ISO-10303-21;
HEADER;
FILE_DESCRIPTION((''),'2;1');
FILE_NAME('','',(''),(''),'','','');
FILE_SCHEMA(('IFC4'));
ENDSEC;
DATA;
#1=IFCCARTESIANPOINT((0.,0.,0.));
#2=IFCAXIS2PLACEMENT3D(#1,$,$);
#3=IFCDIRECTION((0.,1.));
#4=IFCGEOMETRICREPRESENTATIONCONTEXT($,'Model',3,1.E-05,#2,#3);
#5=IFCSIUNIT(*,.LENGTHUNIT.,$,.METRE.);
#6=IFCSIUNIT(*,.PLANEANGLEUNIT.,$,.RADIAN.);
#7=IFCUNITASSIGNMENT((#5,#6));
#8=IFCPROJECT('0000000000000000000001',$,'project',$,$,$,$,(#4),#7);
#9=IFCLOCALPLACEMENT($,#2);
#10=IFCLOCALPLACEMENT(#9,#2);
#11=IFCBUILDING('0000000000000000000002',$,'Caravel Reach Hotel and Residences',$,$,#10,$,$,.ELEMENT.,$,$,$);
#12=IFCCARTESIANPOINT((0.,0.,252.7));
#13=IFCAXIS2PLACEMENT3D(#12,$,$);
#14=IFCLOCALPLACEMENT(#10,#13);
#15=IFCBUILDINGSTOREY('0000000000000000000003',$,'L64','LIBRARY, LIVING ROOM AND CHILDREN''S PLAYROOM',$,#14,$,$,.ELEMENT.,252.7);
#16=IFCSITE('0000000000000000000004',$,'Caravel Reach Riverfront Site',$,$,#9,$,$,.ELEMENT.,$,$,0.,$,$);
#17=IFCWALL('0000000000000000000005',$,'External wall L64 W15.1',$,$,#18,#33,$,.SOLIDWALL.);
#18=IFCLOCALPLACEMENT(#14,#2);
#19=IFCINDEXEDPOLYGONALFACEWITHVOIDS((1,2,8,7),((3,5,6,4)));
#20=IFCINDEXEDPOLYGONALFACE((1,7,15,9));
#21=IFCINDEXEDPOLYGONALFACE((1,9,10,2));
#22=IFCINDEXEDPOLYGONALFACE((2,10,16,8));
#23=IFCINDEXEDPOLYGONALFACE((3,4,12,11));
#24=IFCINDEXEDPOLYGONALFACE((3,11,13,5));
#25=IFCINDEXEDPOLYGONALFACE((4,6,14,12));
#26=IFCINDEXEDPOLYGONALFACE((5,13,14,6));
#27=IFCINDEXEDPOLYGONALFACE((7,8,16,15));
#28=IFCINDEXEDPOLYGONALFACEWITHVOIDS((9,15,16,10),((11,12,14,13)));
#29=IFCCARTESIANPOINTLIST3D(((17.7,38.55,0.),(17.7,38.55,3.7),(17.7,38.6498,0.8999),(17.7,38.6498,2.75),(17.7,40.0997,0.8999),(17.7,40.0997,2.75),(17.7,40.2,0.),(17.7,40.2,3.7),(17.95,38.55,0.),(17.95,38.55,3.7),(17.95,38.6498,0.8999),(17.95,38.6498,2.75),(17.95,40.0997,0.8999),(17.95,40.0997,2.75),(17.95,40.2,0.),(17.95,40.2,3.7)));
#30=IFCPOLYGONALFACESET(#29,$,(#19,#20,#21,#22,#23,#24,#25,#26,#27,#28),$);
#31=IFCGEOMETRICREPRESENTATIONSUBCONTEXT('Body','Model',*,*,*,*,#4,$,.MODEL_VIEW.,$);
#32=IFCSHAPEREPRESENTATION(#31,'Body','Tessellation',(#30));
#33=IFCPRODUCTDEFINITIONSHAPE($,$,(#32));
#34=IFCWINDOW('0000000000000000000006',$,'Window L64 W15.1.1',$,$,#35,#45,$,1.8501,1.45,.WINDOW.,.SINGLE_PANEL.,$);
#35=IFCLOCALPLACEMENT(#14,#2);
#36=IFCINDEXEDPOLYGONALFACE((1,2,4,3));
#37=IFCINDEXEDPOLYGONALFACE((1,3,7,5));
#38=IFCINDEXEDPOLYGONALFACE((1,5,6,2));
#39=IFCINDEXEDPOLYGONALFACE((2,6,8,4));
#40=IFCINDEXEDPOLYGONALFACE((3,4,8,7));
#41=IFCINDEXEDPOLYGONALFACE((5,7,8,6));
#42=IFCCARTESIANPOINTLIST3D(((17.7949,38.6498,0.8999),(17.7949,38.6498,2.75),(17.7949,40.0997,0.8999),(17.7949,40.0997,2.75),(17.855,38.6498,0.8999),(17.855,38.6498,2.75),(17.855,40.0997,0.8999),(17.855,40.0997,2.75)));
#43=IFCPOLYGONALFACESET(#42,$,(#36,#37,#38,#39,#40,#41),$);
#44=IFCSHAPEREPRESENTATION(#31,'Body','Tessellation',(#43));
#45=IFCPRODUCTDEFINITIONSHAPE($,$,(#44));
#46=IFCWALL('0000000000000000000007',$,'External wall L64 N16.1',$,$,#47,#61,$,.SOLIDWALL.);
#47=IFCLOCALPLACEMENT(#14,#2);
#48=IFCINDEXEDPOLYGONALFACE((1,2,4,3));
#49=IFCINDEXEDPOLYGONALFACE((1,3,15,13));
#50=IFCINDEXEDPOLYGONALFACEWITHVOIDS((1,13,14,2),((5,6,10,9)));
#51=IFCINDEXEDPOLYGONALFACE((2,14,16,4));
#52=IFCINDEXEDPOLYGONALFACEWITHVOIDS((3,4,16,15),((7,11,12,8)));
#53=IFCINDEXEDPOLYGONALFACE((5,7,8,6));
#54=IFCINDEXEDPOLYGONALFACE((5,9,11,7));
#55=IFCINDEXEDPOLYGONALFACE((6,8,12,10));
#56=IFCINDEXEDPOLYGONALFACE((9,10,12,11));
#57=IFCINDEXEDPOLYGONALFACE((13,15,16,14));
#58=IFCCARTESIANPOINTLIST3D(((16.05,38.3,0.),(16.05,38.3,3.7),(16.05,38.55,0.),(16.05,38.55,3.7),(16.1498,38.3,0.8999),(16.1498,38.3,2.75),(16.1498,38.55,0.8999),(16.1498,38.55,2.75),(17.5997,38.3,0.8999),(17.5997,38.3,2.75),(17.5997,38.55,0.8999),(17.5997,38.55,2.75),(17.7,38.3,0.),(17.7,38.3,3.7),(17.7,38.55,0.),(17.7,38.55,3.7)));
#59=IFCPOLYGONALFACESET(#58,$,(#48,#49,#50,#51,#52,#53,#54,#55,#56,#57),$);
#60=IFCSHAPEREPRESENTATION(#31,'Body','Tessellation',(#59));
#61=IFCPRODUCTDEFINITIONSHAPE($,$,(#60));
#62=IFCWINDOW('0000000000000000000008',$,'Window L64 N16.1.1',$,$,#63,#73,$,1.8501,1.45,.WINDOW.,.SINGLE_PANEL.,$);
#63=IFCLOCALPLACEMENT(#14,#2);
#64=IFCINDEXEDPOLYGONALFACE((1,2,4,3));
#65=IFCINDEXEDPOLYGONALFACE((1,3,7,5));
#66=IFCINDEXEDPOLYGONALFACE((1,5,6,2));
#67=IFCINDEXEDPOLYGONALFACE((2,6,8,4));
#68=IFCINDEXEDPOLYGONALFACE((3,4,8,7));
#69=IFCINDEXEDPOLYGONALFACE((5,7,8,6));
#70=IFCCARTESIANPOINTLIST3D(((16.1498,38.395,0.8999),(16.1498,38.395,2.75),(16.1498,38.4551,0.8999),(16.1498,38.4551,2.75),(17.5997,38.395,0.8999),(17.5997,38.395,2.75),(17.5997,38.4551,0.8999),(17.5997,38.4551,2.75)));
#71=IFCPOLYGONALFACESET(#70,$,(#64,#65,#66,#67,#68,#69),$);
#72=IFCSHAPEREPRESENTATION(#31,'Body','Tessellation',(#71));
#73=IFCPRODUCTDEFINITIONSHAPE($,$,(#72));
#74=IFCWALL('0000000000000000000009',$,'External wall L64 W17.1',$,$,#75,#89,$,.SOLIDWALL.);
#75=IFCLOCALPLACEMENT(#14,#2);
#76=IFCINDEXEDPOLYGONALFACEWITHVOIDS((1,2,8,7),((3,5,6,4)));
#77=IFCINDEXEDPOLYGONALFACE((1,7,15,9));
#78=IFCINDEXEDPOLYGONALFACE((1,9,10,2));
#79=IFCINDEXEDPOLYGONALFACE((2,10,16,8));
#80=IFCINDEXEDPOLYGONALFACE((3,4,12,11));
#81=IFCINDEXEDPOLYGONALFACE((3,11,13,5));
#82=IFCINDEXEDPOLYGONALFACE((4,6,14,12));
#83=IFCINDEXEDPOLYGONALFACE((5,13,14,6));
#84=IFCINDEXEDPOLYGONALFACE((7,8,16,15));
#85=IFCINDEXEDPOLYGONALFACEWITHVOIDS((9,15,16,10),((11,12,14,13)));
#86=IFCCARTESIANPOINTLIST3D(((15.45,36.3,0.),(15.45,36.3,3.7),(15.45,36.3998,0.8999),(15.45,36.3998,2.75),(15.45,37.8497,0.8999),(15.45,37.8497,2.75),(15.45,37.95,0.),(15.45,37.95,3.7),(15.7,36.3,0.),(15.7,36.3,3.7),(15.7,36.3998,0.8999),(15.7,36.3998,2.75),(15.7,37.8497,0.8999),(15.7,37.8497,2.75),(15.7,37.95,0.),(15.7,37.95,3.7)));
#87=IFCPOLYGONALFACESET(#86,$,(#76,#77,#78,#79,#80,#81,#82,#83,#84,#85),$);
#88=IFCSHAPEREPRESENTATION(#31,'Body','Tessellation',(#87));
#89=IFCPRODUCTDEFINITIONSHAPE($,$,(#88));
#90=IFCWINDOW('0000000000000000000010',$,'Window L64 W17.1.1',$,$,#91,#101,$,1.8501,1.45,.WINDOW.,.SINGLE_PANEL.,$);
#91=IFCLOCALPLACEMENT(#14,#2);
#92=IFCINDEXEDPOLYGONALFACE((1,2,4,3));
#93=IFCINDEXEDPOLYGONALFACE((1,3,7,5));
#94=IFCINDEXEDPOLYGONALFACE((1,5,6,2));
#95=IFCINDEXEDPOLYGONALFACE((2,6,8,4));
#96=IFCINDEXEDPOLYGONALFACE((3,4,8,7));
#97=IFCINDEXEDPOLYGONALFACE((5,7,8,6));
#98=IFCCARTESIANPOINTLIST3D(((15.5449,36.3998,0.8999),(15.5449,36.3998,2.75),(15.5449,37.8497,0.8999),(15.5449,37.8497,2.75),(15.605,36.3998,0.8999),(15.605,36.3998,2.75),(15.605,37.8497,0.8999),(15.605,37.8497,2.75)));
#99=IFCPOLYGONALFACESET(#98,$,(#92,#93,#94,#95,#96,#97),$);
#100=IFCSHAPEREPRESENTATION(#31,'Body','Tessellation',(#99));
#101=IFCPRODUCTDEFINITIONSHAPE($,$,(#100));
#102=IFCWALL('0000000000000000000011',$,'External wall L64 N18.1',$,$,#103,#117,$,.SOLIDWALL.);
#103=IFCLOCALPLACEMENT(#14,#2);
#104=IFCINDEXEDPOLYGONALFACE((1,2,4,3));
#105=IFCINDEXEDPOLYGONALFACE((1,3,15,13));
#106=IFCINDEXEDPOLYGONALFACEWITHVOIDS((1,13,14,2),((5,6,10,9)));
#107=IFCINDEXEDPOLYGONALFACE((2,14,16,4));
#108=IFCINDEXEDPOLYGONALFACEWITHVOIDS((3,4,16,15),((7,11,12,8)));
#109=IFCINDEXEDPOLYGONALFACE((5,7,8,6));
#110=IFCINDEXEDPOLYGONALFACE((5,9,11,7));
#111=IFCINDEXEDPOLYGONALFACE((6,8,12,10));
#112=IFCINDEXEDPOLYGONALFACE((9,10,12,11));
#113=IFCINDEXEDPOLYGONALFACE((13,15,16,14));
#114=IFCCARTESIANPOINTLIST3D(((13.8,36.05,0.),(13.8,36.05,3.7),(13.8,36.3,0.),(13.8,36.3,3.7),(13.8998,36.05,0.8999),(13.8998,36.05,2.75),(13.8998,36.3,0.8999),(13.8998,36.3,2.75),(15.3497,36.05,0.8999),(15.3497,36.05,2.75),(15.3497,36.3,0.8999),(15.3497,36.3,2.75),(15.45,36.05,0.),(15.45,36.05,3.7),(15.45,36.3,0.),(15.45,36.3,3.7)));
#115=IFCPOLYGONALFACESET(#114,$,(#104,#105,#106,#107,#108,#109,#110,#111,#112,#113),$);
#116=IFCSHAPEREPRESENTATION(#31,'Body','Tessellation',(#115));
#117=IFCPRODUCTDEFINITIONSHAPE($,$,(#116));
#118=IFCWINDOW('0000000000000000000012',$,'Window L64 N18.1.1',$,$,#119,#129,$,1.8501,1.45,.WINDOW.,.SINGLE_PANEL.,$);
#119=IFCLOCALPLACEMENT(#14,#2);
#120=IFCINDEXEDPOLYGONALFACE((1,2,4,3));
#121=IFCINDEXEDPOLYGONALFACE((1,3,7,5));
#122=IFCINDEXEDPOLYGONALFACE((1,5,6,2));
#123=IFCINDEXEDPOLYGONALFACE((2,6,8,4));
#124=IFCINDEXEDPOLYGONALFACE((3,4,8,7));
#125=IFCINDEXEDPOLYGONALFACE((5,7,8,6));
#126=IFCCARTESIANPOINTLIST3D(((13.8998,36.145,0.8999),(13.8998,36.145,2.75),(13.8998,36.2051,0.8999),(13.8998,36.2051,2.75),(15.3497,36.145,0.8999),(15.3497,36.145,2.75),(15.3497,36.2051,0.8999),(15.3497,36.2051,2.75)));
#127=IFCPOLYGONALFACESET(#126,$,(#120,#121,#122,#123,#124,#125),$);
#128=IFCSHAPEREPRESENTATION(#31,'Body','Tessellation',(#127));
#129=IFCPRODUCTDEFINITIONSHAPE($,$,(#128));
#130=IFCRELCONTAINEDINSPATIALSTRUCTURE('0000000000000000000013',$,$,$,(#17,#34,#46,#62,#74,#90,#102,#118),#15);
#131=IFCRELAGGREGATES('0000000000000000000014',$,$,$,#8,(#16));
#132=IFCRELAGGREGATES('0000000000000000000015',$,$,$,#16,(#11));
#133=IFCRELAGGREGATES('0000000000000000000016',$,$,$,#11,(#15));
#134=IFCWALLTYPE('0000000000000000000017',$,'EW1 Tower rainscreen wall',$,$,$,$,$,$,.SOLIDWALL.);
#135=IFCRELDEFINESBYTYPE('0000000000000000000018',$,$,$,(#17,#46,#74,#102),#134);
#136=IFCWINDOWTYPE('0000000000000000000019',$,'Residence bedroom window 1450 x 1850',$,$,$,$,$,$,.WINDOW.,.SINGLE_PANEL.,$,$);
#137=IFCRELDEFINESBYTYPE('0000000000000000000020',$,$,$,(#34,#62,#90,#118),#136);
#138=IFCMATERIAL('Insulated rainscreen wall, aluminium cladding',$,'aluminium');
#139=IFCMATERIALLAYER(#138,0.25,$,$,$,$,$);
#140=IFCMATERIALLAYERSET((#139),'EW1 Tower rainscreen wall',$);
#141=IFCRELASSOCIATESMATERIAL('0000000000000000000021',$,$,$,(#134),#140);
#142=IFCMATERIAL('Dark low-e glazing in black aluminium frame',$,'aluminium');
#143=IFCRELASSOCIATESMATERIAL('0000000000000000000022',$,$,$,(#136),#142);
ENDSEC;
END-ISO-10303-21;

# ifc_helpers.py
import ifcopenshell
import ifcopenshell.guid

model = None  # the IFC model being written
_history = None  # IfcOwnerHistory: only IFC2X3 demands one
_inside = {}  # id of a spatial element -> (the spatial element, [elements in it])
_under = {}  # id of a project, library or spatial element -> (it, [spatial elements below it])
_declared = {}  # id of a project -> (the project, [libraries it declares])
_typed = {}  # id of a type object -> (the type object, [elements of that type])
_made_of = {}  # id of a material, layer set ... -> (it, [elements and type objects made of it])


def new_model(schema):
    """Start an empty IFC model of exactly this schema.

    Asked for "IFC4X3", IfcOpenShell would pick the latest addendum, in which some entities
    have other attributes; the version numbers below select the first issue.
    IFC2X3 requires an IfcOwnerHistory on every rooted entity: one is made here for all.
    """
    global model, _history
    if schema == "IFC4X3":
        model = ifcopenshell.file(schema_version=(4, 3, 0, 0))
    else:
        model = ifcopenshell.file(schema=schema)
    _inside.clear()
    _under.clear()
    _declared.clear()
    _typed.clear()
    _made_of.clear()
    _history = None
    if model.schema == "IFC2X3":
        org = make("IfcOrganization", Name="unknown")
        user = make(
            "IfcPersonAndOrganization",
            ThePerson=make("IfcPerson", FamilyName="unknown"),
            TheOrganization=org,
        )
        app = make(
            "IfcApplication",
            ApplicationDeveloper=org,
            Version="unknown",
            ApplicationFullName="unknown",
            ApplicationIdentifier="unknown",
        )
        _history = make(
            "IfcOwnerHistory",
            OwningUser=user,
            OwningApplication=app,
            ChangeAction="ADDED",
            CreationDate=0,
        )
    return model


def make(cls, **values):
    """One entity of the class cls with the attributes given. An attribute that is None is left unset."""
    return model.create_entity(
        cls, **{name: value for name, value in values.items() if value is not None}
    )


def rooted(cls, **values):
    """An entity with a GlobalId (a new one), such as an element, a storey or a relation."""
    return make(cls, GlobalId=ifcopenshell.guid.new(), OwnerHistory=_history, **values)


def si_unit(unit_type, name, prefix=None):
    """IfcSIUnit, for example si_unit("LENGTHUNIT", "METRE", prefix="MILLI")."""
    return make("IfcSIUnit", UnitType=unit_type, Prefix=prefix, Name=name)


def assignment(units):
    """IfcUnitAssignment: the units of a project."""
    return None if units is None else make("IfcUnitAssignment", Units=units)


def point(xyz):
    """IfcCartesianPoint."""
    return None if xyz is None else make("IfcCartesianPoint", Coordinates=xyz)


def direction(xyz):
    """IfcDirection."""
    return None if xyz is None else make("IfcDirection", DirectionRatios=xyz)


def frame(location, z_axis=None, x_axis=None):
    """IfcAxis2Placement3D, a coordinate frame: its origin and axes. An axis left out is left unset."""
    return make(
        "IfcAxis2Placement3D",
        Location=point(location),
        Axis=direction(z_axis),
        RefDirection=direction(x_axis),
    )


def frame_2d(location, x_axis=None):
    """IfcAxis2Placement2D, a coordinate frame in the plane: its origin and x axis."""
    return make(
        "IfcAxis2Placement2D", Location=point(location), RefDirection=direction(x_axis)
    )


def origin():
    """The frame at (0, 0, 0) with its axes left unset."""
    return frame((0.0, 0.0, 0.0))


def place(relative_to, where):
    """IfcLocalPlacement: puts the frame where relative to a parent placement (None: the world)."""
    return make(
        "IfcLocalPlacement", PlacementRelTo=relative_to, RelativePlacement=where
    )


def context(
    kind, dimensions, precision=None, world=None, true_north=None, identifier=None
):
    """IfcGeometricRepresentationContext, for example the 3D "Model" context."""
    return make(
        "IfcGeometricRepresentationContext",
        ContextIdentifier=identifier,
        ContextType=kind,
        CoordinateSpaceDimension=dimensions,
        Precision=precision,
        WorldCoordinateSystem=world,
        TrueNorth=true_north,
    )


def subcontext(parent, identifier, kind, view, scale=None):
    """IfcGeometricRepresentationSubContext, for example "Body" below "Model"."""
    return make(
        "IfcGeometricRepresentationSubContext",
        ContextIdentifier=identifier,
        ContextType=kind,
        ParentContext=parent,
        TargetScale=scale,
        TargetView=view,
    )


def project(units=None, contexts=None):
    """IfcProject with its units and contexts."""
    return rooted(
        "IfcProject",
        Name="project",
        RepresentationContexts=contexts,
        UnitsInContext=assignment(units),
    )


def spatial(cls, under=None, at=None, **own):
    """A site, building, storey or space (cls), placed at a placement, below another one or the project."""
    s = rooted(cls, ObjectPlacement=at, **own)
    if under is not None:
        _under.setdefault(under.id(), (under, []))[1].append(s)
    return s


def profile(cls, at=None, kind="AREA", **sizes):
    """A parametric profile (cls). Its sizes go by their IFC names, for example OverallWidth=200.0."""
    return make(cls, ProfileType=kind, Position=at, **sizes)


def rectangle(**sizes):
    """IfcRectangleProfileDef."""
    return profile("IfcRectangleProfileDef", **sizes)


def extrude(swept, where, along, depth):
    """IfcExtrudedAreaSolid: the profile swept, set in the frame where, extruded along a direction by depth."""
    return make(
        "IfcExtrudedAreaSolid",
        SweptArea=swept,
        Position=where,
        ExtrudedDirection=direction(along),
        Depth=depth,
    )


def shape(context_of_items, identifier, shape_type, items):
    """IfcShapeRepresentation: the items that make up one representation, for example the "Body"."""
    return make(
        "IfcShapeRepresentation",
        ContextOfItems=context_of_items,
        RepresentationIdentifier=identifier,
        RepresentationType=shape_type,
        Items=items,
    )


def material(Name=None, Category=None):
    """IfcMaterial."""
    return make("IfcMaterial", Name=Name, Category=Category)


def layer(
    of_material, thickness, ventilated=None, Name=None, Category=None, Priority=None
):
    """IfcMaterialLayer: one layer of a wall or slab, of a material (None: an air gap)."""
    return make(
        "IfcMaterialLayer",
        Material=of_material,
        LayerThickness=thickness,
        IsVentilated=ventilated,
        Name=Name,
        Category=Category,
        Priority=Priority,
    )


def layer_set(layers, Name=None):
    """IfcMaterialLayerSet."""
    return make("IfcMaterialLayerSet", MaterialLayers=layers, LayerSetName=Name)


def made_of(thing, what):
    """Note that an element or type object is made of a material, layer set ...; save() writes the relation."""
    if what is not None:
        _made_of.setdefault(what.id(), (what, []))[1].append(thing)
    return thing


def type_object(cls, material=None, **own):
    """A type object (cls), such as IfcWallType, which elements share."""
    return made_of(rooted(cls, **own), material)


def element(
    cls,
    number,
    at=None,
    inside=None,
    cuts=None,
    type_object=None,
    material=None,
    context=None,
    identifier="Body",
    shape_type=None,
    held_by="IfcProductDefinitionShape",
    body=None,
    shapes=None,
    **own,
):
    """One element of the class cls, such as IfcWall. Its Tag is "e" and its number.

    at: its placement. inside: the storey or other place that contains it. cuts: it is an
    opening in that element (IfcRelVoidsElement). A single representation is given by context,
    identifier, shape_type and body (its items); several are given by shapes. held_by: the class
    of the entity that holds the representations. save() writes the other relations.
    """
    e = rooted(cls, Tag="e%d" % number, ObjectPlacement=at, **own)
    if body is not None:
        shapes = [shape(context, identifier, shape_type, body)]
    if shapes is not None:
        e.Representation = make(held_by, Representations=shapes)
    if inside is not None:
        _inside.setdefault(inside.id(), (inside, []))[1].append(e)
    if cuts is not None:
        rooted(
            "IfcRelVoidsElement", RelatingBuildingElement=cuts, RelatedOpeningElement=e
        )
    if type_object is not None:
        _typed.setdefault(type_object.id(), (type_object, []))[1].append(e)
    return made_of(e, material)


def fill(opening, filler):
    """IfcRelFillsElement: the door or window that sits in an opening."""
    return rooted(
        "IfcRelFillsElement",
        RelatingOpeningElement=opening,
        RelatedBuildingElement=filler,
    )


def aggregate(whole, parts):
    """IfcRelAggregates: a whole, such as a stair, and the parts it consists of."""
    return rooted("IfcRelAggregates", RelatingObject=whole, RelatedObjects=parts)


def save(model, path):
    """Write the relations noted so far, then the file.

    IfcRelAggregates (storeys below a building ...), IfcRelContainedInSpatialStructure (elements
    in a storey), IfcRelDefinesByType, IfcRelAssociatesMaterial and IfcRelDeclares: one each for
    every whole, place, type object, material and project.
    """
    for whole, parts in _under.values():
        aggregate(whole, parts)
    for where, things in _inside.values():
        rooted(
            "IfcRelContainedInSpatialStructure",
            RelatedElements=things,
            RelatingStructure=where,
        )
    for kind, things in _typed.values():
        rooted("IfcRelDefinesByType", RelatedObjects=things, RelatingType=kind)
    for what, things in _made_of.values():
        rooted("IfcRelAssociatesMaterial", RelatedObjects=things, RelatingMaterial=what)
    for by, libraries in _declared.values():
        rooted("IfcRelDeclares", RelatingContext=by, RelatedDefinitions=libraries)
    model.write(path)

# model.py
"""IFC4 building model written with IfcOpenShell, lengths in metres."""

from ifc_helpers import new_model, si_unit, direction, frame, frame_2d, origin, place, context, subcontext, project, spatial, rectangle, extrude, material, layer, layer_set, type_object, element, fill, save


model = new_model("IFC4")

# Units and contexts
model_context = context("Model", 3, precision=1e-05, world=origin(), true_north=direction((0.0, 1.0)))
body_context = subcontext(model_context, "Body", "Model", "MODEL_VIEW")
ifc_project = project(units=[si_unit("LENGTHUNIT", "METRE"), si_unit("PLANEANGLEUNIT", "RADIAN")], contexts=[model_context])

# Site, building, storey
site_placement = place(None, origin())
site = spatial("IfcSite", under=ifc_project, at=site_placement, Name="Caravel Reach Riverfront Site", CompositionType="ELEMENT", RefElevation=0.0)
building_placement = place(site_placement, origin())
building = spatial("IfcBuilding", under=site, at=building_placement, Name="Caravel Reach Hotel and Residences", CompositionType="ELEMENT")
storey_placement = place(building_placement, frame((0.0, 0.0, 252.7)))
storey = spatial("IfcBuildingStorey", under=building, at=storey_placement, Name="L64", Description="LIBRARY, LIVING ROOM AND CHILDREN'S PLAYROOM", CompositionType="ELEMENT", Elevation=252.7)

# Walls, openings, windows
ifc_material_1 = material(Name="Insulated rainscreen wall, aluminium cladding", Category="aluminium")
ifc_layer_1 = layer(ifc_material_1, 0.25)
ifc_layer_set_1 = layer_set([ifc_layer_1], Name="EW1 Tower rainscreen wall")
wall_type_1 = type_object("IfcWallType", Name="EW1 Tower rainscreen wall", PredefinedType="SOLIDWALL", material=ifc_layer_set_1)
wall_1_placement = place(storey_placement, frame((17.825, 40.2, 0.0), z_axis=(0.0, 0.0, 1.0), x_axis=(0.0, -1.0, 0.0)))
wall_1 = element("IfcWall", 1, at=wall_1_placement, inside=storey, type_object=wall_type_1, Name="External wall L64 W15.1", PredefinedType="SOLIDWALL", context=body_context, shape_type="SweptSolid", body=[
    extrude(rectangle(XDim=1.6499, YDim=0.25, at=frame_2d((0.825, 0.0))), origin(), (0.0, 0.0, 1.0), 3.7),
])
opening_1_placement = place(wall_1_placement, frame((0.1001, 0.0, 0.8999)))
opening_1 = element("IfcOpeningElement", 2, at=opening_1_placement, cuts=wall_1, PredefinedType="OPENING", context=body_context, shape_type="SweptSolid", body=[
    extrude(rectangle(XDim=1.45, YDim=1.8501, at=frame_2d((0.7251, 0.925))), frame((0.0, 0.135, 0.0), z_axis=(0.0, -1.0, 0.0), x_axis=(1.0, 0.0, 0.0)), (0.0, 0.0, 1.0), 0.27),
])
ifc_material_2 = material(Name="Dark low-e glazing in black aluminium frame", Category="aluminium")
window_type_1 = type_object("IfcWindowType", Name="Residence bedroom window 1450 x 1850", PartitioningType="SINGLE_PANEL", PredefinedType="WINDOW", material=ifc_material_2)
window_1_placement = place(opening_1_placement, origin())
window_1 = element("IfcWindow", 3, at=window_1_placement, inside=storey, type_object=window_type_1, Name="Window L64 W15.1.1", OverallHeight=1.8501, OverallWidth=1.45, PartitioningType="SINGLE_PANEL", PredefinedType="WINDOW", context=body_context, shape_type="SweptSolid", body=[
    extrude(rectangle(XDim=1.45, YDim=1.8501, at=frame_2d((0.7251, 0.925))), frame((0.0, 0.03, 0.0), z_axis=(0.0, -1.0, 0.0), x_axis=(1.0, 0.0, 0.0)), (0.0, 0.0, 1.0), 0.0601),
])
fill(opening_1, window_1)
wall_2_placement = place(storey_placement, frame((17.7, 38.425, 0.0), z_axis=(0.0, 0.0, 1.0), x_axis=(-1.0, 0.0, 0.0)))
wall_2 = element("IfcWall", 4, at=wall_2_placement, inside=storey, type_object=wall_type_1, Name="External wall L64 N16.1", PredefinedType="SOLIDWALL", context=body_context, shape_type="SweptSolid", body=[
    extrude(rectangle(XDim=1.6499, YDim=0.25, at=frame_2d((0.825, 0.0))), origin(), (0.0, 0.0, 1.0), 3.7),
])
opening_2_placement = place(wall_2_placement, frame((0.1001, 0.0, 0.8999)))
opening_2 = element("IfcOpeningElement", 5, at=opening_2_placement, cuts=wall_2, PredefinedType="OPENING", context=body_context, shape_type="SweptSolid", body=[
    extrude(rectangle(XDim=1.45, YDim=1.8501, at=frame_2d((0.7251, 0.925))), frame((0.0, 0.135, 0.0), z_axis=(0.0, -1.0, 0.0), x_axis=(1.0, 0.0, 0.0)), (0.0, 0.0, 1.0), 0.27),
])
window_2_placement = place(opening_2_placement, origin())
window_2 = element("IfcWindow", 6, at=window_2_placement, inside=storey, type_object=window_type_1, Name="Window L64 N16.1.1", OverallHeight=1.8501, OverallWidth=1.45, PartitioningType="SINGLE_PANEL", PredefinedType="WINDOW", context=body_context, shape_type="SweptSolid", body=[
    extrude(rectangle(XDim=1.45, YDim=1.8501, at=frame_2d((0.7251, 0.925))), frame((0.0, 0.03, 0.0), z_axis=(0.0, -1.0, 0.0), x_axis=(1.0, 0.0, 0.0)), (0.0, 0.0, 1.0), 0.0601),
])
fill(opening_2, window_2)
wall_3_placement = place(storey_placement, frame((15.575, 37.95, 0.0), z_axis=(0.0, 0.0, 1.0), x_axis=(0.0, -1.0, 0.0)))
wall_3 = element("IfcWall", 7, at=wall_3_placement, inside=storey, type_object=wall_type_1, Name="External wall L64 W17.1", PredefinedType="SOLIDWALL", context=body_context, shape_type="SweptSolid", body=[
    extrude(rectangle(XDim=1.6499, YDim=0.25, at=frame_2d((0.825, 0.0))), origin(), (0.0, 0.0, 1.0), 3.7),
])
opening_3_placement = place(wall_3_placement, frame((0.1001, 0.0, 0.8999)))
opening_3 = element("IfcOpeningElement", 8, at=opening_3_placement, cuts=wall_3, PredefinedType="OPENING", context=body_context, shape_type="SweptSolid", body=[
    extrude(rectangle(XDim=1.45, YDim=1.8501, at=frame_2d((0.7251, 0.925))), frame((0.0, 0.135, 0.0), z_axis=(0.0, -1.0, 0.0), x_axis=(1.0, 0.0, 0.0)), (0.0, 0.0, 1.0), 0.27),
])
window_3_placement = place(opening_3_placement, origin())
window_3 = element("IfcWindow", 9, at=window_3_placement, inside=storey, type_object=window_type_1, Name="Window L64 W17.1.1", OverallHeight=1.8501, OverallWidth=1.45, PartitioningType="SINGLE_PANEL", PredefinedType="WINDOW", context=body_context, shape_type="SweptSolid", body=[
    extrude(rectangle(XDim=1.45, YDim=1.8501, at=frame_2d((0.7251, 0.925))), frame((0.0, 0.03, 0.0), z_axis=(0.0, -1.0, 0.0), x_axis=(1.0, 0.0, 0.0)), (0.0, 0.0, 1.0), 0.0601),
])
fill(opening_3, window_3)
wall_4_placement = place(storey_placement, frame((15.45, 36.175, 0.0), z_axis=(0.0, 0.0, 1.0), x_axis=(-1.0, 0.0, 0.0)))
wall_4 = element("IfcWall", 10, at=wall_4_placement, inside=storey, type_object=wall_type_1, Name="External wall L64 N18.1", PredefinedType="SOLIDWALL", context=body_context, shape_type="SweptSolid", body=[
    extrude(rectangle(XDim=1.6499, YDim=0.25, at=frame_2d((0.825, 0.0))), origin(), (0.0, 0.0, 1.0), 3.7),
])
opening_4_placement = place(wall_4_placement, frame((0.1001, 0.0, 0.8999)))
opening_4 = element("IfcOpeningElement", 11, at=opening_4_placement, cuts=wall_4, PredefinedType="OPENING", context=body_context, shape_type="SweptSolid", body=[
    extrude(rectangle(XDim=1.45, YDim=1.8501, at=frame_2d((0.7251, 0.925))), frame((0.0, 0.135, 0.0), z_axis=(0.0, -1.0, 0.0), x_axis=(1.0, 0.0, 0.0)), (0.0, 0.0, 1.0), 0.27),
])
window_4_placement = place(opening_4_placement, origin())
window_4 = element("IfcWindow", 12, at=window_4_placement, inside=storey, type_object=window_type_1, Name="Window L64 N18.1.1", OverallHeight=1.8501, OverallWidth=1.45, PartitioningType="SINGLE_PANEL", PredefinedType="WINDOW", context=body_context, shape_type="SweptSolid", body=[
    extrude(rectangle(XDim=1.45, YDim=1.8501, at=frame_2d((0.7251, 0.925))), frame((0.0, 0.03, 0.0), z_axis=(0.0, -1.0, 0.0), x_axis=(1.0, 0.0, 0.0)), (0.0, 0.0, 1.0), 0.0601),
])
fill(opening_4, window_4)

save(model, "model.ifc")
